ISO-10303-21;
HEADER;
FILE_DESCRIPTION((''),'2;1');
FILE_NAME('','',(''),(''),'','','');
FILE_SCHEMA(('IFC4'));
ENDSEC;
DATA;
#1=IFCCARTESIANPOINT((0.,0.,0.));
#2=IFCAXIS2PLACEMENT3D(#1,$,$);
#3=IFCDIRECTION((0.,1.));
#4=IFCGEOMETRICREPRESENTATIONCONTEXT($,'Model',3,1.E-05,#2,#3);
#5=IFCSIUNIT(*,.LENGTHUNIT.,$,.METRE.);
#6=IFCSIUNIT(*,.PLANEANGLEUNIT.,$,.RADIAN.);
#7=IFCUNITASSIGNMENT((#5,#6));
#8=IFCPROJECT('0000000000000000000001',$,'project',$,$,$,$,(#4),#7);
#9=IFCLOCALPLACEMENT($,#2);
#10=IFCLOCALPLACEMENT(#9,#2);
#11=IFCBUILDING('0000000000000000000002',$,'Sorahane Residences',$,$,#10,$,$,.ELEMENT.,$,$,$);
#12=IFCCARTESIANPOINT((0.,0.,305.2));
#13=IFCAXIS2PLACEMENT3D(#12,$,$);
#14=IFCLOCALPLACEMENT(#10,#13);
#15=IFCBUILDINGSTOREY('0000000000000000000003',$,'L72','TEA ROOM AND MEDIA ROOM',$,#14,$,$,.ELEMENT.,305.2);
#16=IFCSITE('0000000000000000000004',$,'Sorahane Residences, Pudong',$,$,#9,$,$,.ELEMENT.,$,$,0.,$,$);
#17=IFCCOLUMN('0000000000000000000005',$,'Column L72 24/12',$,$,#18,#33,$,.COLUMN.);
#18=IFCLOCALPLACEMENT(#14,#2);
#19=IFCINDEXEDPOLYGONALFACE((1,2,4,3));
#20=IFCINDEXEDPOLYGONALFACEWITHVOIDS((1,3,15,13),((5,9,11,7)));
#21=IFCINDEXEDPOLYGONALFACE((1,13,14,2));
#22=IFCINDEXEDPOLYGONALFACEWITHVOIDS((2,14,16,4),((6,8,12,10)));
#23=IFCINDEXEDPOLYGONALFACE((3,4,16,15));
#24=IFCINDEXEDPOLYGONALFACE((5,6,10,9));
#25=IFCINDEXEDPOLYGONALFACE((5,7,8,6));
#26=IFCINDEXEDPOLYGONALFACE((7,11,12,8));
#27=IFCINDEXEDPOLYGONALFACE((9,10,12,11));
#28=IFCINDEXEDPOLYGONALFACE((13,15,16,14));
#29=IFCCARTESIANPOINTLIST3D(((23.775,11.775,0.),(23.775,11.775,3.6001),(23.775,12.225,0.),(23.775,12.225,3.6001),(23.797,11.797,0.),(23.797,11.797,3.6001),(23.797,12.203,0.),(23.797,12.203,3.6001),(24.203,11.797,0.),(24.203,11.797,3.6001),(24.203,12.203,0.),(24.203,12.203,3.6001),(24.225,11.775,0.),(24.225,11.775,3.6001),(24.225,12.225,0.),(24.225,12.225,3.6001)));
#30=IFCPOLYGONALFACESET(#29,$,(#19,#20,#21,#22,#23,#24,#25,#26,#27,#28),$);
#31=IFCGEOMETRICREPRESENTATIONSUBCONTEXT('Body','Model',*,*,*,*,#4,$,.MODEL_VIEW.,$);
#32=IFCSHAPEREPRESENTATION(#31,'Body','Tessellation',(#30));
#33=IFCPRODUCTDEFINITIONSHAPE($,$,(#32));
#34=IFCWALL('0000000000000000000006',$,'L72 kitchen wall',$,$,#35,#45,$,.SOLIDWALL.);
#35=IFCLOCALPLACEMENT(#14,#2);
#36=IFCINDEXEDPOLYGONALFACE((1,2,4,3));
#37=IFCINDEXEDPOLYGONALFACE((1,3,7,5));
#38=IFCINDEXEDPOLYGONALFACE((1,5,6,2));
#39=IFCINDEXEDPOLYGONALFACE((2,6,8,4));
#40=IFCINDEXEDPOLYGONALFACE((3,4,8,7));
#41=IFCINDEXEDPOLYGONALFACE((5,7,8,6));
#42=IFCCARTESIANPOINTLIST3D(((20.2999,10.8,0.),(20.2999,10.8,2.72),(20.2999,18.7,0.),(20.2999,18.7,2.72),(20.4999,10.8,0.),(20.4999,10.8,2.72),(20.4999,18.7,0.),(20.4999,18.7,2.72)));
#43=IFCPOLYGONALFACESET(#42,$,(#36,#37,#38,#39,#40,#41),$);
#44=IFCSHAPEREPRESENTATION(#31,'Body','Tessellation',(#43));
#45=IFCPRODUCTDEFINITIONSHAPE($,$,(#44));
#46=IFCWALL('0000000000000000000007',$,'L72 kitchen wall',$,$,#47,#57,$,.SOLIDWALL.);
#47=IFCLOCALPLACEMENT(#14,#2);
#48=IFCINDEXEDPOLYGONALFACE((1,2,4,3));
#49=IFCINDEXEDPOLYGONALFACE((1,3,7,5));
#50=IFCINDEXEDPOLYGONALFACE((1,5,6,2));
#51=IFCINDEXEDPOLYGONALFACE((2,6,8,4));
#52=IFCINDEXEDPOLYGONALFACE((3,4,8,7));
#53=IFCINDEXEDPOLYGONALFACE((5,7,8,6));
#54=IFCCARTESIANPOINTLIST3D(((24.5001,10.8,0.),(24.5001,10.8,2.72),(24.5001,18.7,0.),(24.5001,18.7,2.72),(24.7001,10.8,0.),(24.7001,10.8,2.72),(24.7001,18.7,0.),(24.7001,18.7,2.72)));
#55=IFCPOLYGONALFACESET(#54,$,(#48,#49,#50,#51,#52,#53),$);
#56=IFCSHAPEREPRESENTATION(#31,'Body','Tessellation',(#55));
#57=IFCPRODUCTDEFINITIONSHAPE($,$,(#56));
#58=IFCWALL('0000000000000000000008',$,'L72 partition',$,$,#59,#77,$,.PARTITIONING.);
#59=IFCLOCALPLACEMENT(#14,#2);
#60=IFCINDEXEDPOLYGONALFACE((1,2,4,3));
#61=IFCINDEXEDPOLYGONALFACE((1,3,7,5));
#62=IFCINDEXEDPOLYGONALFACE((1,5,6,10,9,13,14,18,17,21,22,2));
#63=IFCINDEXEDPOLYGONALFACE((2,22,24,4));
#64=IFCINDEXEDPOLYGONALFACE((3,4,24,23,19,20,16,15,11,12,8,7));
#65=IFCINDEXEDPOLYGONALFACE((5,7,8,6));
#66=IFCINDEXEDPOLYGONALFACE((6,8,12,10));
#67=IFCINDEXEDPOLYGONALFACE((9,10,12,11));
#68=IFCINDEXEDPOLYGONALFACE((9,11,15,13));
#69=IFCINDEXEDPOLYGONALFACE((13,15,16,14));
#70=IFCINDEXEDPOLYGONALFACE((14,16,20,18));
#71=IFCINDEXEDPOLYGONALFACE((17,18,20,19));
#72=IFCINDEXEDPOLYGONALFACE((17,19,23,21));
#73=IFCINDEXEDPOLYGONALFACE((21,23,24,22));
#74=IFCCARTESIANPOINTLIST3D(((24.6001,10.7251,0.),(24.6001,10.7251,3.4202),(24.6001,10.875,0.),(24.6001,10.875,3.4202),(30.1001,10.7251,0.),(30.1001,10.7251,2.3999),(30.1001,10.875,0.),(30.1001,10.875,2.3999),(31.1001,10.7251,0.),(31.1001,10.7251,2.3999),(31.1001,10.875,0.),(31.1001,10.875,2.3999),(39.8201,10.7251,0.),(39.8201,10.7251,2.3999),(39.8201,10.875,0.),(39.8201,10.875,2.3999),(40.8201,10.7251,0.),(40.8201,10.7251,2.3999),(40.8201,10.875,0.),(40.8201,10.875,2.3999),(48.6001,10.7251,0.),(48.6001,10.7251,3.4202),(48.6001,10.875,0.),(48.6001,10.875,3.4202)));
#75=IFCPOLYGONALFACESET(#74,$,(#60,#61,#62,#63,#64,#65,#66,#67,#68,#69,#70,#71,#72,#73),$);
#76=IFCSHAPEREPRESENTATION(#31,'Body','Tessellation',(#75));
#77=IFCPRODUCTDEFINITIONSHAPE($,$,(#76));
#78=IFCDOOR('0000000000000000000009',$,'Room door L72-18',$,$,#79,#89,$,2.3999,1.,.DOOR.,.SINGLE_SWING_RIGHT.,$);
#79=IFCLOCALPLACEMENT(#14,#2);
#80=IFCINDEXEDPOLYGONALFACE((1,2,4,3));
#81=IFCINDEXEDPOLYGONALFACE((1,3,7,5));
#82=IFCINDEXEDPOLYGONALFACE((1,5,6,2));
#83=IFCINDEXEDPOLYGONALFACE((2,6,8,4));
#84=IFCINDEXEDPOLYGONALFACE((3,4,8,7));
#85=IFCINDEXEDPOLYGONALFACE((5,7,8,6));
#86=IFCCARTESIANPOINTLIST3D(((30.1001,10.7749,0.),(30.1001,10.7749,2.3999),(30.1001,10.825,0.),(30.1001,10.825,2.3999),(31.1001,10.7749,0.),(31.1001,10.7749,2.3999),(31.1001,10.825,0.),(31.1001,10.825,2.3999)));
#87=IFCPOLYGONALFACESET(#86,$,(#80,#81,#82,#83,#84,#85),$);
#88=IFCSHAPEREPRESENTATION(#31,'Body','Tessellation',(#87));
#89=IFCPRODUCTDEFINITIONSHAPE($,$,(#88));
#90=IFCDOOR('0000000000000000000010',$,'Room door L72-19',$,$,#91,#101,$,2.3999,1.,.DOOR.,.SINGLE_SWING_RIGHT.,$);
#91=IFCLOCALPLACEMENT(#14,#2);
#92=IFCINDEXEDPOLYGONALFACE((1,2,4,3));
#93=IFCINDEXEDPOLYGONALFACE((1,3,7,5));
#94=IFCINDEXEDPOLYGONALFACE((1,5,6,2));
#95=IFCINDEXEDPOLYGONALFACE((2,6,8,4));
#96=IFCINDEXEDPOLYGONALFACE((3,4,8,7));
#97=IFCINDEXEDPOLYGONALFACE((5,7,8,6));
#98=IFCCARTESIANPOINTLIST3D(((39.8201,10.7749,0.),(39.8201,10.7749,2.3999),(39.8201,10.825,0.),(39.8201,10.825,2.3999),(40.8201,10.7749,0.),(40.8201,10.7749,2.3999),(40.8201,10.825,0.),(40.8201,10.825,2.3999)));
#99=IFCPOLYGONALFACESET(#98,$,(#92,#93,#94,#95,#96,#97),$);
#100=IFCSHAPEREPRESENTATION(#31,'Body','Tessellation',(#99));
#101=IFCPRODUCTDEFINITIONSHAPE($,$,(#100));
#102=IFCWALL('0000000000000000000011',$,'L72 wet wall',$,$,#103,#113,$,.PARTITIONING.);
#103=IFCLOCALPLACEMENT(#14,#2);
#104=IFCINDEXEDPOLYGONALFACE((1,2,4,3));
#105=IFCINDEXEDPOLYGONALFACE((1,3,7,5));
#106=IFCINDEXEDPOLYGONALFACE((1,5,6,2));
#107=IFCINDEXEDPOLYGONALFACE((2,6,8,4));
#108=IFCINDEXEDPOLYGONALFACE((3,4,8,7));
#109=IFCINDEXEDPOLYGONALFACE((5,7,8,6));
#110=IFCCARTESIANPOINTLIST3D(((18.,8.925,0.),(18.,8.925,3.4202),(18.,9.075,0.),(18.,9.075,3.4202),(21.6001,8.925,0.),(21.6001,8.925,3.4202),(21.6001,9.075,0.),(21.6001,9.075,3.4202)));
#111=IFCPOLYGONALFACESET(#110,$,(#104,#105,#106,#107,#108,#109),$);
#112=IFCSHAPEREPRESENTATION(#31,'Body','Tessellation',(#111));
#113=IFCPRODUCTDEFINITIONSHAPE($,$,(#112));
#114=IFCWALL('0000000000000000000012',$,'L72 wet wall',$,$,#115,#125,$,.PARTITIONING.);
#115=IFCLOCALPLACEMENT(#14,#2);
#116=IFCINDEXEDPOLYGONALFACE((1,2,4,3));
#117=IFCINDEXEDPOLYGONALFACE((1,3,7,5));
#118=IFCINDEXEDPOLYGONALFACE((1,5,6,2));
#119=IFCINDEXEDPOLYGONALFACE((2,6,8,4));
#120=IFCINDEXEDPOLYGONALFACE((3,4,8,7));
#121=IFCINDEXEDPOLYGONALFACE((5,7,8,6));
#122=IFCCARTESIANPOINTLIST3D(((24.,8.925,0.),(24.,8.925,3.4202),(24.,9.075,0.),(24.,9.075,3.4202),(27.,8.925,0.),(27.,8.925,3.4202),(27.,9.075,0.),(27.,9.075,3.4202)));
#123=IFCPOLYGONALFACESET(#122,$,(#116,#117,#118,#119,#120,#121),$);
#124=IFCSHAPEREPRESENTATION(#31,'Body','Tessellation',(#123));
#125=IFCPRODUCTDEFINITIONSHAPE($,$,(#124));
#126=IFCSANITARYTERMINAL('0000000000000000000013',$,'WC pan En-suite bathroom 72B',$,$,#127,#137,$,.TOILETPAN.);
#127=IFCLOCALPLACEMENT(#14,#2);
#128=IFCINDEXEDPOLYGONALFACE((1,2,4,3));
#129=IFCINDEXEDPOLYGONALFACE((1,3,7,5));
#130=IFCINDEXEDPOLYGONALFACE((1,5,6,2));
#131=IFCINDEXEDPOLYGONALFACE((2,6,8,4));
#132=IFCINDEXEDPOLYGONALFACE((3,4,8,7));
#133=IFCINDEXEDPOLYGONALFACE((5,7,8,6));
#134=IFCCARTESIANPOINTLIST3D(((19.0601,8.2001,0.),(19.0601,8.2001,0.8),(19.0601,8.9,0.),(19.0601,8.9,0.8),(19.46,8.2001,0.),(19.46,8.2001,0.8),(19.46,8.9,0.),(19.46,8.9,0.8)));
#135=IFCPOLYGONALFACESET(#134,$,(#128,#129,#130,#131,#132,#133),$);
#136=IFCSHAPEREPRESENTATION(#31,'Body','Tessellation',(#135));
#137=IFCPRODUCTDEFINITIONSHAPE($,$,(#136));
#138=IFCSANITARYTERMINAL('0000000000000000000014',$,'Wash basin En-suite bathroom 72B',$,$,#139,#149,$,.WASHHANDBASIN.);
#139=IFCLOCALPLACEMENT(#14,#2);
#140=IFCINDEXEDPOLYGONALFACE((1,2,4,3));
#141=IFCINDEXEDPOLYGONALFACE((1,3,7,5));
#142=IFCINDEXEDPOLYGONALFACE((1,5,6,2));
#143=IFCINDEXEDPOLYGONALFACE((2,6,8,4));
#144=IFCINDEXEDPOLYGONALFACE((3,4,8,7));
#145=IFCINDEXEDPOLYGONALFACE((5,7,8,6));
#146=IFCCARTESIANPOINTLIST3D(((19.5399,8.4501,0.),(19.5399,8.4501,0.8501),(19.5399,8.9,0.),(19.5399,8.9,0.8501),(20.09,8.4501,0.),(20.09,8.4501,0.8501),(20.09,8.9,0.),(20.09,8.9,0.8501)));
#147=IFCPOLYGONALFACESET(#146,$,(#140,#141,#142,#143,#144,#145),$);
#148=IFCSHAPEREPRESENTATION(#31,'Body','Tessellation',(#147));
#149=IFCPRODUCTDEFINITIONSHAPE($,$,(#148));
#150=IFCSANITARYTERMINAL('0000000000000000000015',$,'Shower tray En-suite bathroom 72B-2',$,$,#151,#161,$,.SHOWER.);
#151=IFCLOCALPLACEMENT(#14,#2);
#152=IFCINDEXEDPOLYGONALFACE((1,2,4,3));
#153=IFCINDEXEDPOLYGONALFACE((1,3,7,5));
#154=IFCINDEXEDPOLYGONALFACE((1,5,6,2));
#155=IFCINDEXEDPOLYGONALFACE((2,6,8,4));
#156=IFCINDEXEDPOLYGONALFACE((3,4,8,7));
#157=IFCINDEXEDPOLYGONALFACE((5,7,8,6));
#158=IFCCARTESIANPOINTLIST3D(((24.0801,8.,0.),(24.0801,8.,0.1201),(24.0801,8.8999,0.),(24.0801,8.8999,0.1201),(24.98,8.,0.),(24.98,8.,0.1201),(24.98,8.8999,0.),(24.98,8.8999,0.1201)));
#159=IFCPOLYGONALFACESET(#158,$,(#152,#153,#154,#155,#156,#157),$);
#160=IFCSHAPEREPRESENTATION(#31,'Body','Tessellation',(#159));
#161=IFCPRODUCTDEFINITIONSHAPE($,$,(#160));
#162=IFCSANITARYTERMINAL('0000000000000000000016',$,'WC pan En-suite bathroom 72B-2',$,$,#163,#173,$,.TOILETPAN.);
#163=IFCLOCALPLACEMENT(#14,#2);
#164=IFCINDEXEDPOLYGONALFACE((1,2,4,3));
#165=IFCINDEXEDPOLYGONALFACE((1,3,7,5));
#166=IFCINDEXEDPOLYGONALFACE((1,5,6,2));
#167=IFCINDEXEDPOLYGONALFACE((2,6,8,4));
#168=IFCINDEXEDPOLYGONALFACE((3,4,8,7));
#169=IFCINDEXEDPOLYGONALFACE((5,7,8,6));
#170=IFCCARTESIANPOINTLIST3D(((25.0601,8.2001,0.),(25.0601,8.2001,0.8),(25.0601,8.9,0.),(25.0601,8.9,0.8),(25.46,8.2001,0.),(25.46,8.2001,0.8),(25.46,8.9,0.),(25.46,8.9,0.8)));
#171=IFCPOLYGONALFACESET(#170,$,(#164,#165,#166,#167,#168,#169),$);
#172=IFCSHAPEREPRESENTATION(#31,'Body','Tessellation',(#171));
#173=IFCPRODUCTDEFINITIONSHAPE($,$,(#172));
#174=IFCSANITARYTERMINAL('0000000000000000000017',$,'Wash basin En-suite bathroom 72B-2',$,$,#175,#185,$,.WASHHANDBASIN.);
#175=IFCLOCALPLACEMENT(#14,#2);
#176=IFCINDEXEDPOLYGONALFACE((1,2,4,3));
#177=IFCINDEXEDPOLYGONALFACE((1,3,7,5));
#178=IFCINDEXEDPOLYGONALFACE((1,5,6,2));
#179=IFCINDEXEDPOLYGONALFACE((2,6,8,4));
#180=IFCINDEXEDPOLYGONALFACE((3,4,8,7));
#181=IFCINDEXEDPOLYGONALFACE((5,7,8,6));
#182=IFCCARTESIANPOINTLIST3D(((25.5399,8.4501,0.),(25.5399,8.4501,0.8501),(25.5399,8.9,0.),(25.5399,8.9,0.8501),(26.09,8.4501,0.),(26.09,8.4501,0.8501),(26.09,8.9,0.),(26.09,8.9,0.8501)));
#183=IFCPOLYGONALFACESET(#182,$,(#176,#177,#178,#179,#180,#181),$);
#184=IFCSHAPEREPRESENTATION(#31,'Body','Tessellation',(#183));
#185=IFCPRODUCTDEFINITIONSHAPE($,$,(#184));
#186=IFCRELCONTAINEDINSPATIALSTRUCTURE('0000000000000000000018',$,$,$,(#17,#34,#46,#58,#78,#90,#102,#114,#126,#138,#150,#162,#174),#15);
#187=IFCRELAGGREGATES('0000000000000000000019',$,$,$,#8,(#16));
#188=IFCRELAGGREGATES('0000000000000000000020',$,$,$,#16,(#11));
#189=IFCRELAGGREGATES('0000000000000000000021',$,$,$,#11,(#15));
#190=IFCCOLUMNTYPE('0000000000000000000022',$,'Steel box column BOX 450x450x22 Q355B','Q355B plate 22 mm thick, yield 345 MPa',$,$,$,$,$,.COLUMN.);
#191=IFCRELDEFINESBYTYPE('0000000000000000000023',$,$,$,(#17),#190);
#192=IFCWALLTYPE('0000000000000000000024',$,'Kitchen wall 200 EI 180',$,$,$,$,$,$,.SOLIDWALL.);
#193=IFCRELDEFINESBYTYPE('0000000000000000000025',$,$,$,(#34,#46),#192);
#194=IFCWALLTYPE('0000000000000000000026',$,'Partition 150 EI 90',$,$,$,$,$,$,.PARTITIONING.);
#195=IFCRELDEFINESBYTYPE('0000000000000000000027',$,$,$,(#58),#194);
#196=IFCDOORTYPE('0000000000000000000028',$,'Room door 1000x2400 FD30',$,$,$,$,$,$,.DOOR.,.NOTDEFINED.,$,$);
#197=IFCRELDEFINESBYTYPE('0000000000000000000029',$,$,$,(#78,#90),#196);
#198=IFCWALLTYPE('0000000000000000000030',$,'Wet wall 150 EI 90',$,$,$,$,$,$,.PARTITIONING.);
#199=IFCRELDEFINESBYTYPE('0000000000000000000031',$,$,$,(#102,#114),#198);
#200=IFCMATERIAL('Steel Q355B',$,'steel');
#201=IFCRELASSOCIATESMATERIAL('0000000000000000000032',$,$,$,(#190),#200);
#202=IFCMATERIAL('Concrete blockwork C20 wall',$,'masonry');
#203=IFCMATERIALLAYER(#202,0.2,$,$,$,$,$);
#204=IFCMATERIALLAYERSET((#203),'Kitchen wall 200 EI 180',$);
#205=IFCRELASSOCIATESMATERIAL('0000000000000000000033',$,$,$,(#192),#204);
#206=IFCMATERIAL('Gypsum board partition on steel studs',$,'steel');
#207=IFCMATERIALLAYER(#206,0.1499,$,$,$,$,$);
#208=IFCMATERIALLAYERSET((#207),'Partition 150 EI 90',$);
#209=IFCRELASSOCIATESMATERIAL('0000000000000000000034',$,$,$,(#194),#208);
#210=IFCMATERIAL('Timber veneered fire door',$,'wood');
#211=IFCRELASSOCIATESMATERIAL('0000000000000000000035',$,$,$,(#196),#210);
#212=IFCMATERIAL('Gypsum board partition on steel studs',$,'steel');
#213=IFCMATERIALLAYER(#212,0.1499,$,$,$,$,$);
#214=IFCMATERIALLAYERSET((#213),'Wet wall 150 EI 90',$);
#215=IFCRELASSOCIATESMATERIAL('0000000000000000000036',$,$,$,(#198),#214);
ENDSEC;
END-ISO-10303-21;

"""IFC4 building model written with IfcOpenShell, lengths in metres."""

from ifc_helpers import new_model, si_unit, direction, frame, frame_2d, origin, origin_2d, place, context, subcontext, project, spatial, rectangle, hollow_rectangle, extrude, material, layer, layer_set, material_profile, profile_set, type_object, element, fill, save


model = new_model("IFC4")

# Units and contexts
model_context = context("Model", 3, precision=1e-05, world=origin(), true_north=direction((0.0, 1.0)))
body_context = subcontext(model_context, "Body", "Model", "MODEL_VIEW")
ifc_project = project(units=[si_unit("LENGTHUNIT", "METRE"), si_unit("PLANEANGLEUNIT", "RADIAN")], contexts=[model_context])

# Site, building, storey
site_placement = place(None, origin())
site = spatial("IfcSite", under=ifc_project, at=site_placement, Name="Sorahane Residences, Pudong", CompositionType="ELEMENT", RefElevation=0.0)
building_placement = place(site_placement, origin())
building = spatial("IfcBuilding", under=site, at=building_placement, Name="Sorahane Residences", CompositionType="ELEMENT")
storey_placement = place(building_placement, frame((0.0, 0.0, 305.2)))
storey = spatial("IfcBuildingStorey", under=building, at=storey_placement, Name="L72", Description="TEA ROOM AND MEDIA ROOM", CompositionType="ELEMENT", Elevation=305.2)

# Column
ifc_material_1 = material(Name="Steel Q355B", Category="steel")
ifc_material_profile = material_profile(ifc_material_1, hollow_rectangle(XDim=0.45, YDim=0.45, WallThickness=0.022, at=origin_2d()), Name="BOX 450x450x22")
ifc_profile_set = profile_set([ifc_material_profile], Name="Steel Q355B")
column_type = type_object("IfcColumnType", Name="Steel box column BOX 450x450x22 Q355B", Description="Q355B plate 22 mm thick, yield 345 MPa", PredefinedType="COLUMN", material=ifc_profile_set)
column_placement = place(storey_placement, frame((24.0, 12.0, 0.0), z_axis=(0.0, 0.0, 1.0), x_axis=(1.0, 0.0, 0.0)))
element("IfcColumn", 1, at=column_placement, inside=storey, type_object=column_type, Name="Column L72 24/12", PredefinedType="COLUMN", context=body_context, shape_type="SweptSolid", body=[
    extrude(hollow_rectangle(XDim=0.45, YDim=0.45, WallThickness=0.022, at=origin_2d()), origin(), (0.0, 0.0, 1.0), 3.6001),
])

# Walls
ifc_material_2 = material(Name="Concrete blockwork C20 wall", Category="masonry")
ifc_layer_1 = layer(ifc_material_2, 0.2)
ifc_layer_set_1 = layer_set([ifc_layer_1], Name="Kitchen wall 200 EI 180")
wall_type_1 = type_object("IfcWallType", Name="Kitchen wall 200 EI 180", PredefinedType="SOLIDWALL", material=ifc_layer_set_1)
for number, where, z_axis, x_axis, name in (
    (2, (20.3999, 10.8, 0.0), (0.0, 0.0, 1.0), (0.0, 1.0, 0.0), "L72 kitchen wall"),
    (3, (24.6001, 10.8, 0.0), (0.0, 0.0, 1.0), (0.0, 1.0, 0.0), "L72 kitchen wall"),
):
    element("IfcWall", number, at=place(storey_placement, frame(where, z_axis=z_axis, x_axis=x_axis)), inside=storey, type_object=wall_type_1, Name=name, PredefinedType="SOLIDWALL", context=body_context, shape_type="SweptSolid", body=[
        extrude(rectangle(XDim=7.8999, YDim=0.2, at=frame_2d((3.95, 0.0))), origin(), (0.0, 0.0, 1.0), 2.72),
    ])

# Wall, openings, doors
ifc_material_3 = material(Name="Gypsum board partition on steel studs", Category="steel")
ifc_layer_2 = layer(ifc_material_3, 0.1499)
ifc_layer_set_2 = layer_set([ifc_layer_2], Name="Partition 150 EI 90")
wall_type_2 = type_object("IfcWallType", Name="Partition 150 EI 90", PredefinedType="PARTITIONING", material=ifc_layer_set_2)
wall_1_placement = place(storey_placement, frame((24.6001, 10.8, 0.0), z_axis=(0.0, 0.0, 1.0), x_axis=(1.0, 0.0, 0.0)))
wall_1 = element("IfcWall", 4, at=wall_1_placement, inside=storey, type_object=wall_type_2, Name="L72 partition", PredefinedType="PARTITIONING", context=body_context, shape_type="SweptSolid", body=[
    extrude(rectangle(XDim=24.0, YDim=0.1499, at=frame_2d((12.0, 0.0))), origin(), (0.0, 0.0, 1.0), 3.4202),
])
opening_1_placement = place(wall_1_placement, frame((5.5, 0.0, 0.0)))
opening_1 = element("IfcOpeningElement", 5, at=opening_1_placement, cuts=wall_1, PredefinedType="OPENING", context=body_context, shape_type="SweptSolid", body=[
    extrude(rectangle(XDim=1.0, YDim=2.3999, at=frame_2d((0.5, 1.2))), frame((0.0, 0.085, 0.0), z_axis=(0.0, -1.0, 0.0), x_axis=(1.0, 0.0, 0.0)), (0.0, 0.0, 1.0), 0.1699),
])
opening_2_placement = place(wall_1_placement, frame((15.22, 0.0, 0.0)))
opening_2 = element("IfcOpeningElement", 6, at=opening_2_placement, cuts=wall_1, PredefinedType="OPENING", context=body_context, shape_type="SweptSolid", body=[
    extrude(rectangle(XDim=1.0, YDim=2.3999, at=frame_2d((0.5, 1.2))), frame((0.0, 0.085, 0.0), z_axis=(0.0, -1.0, 0.0), x_axis=(1.0, 0.0, 0.0)), (0.0, 0.0, 1.0), 0.1699),
])
ifc_material_4 = material(Name="Timber veneered fire door", Category="wood")
door_type_1 = type_object("IfcDoorType", Name="Room door 1000x2400 FD30", OperationType="NOTDEFINED", PredefinedType="DOOR", material=ifc_material_4)
door_1_placement = place(opening_1_placement, origin())
door_1 = element("IfcDoor", 7, at=door_1_placement, inside=storey, type_object=door_type_1, Name="Room door L72-18", OperationType="SINGLE_SWING_RIGHT", OverallHeight=2.3999, OverallWidth=1.0, PredefinedType="DOOR", context=body_context, shape_type="SweptSolid", body=[
    extrude(rectangle(XDim=1.0, YDim=2.3999, at=frame_2d((0.5, 1.2))), frame((0.0, 0.0249, 0.0), z_axis=(0.0, -1.0, 0.0), x_axis=(1.0, 0.0, 0.0)), (0.0, 0.0, 1.0), 0.05),
])
fill(opening_1, door_1)
door_2_placement = place(opening_2_placement, origin())
door_2 = element("IfcDoor", 8, at=door_2_placement, inside=storey, type_object=door_type_1, Name="Room door L72-19", OperationType="SINGLE_SWING_RIGHT", OverallHeight=2.3999, OverallWidth=1.0, PredefinedType="DOOR", context=body_context, shape_type="SweptSolid", body=[
    extrude(rectangle(XDim=1.0, YDim=2.3999, at=frame_2d((0.5, 1.2))), frame((0.0, 0.0249, 0.0), z_axis=(0.0, -1.0, 0.0), x_axis=(1.0, 0.0, 0.0)), (0.0, 0.0, 1.0), 0.05),
])
fill(opening_2, door_2)

# Walls
ifc_material_5 = material(Name="Gypsum board partition on steel studs", Category="steel")
ifc_layer_3 = layer(ifc_material_5, 0.1499)
ifc_layer_set_3 = layer_set([ifc_layer_3], Name="Wet wall 150 EI 90")
wall_type_3 = type_object("IfcWallType", Name="Wet wall 150 EI 90", PredefinedType="PARTITIONING", material=ifc_layer_set_3)
wall_2_placement = place(storey_placement, frame((18.0, 9.0, 0.0), z_axis=(0.0, 0.0, 1.0), x_axis=(1.0, 0.0, 0.0)))
element("IfcWall", 9, at=wall_2_placement, inside=storey, type_object=wall_type_3, Name="L72 wet wall", PredefinedType="PARTITIONING", context=body_context, shape_type="SweptSolid", body=[
    extrude(rectangle(XDim=3.6001, YDim=0.1499, at=frame_2d((1.8, 0.0))), origin(), (0.0, 0.0, 1.0), 3.4202),
])
wall_3_placement = place(storey_placement, frame((24.0, 9.0, 0.0), z_axis=(0.0, 0.0, 1.0), x_axis=(1.0, 0.0, 0.0)))
element("IfcWall", 10, at=wall_3_placement, inside=storey, type_object=wall_type_3, Name="L72 wet wall", PredefinedType="PARTITIONING", context=body_context, shape_type="SweptSolid", body=[
    extrude(rectangle(XDim=3.0, YDim=0.1499, at=frame_2d((1.5, 0.0))), origin(), (0.0, 0.0, 1.0), 3.4202),
])

# Sanitary terminals
sanitary_terminal_1_placement = place(storey_placement, frame((19.26, 8.55, 0.0), z_axis=(0.0, 0.0, 1.0), x_axis=(1.0, 0.0, 0.0)))
element("IfcSanitaryTerminal", 11, at=sanitary_terminal_1_placement, inside=storey, Name="WC pan En-suite bathroom 72B", PredefinedType="TOILETPAN", context=body_context, shape_type="SweptSolid", body=[
    extrude(rectangle(XDim=0.3999, YDim=0.7, at=origin_2d()), origin(), (0.0, 0.0, 1.0), 0.8),
])
sanitary_terminal_2_placement = place(storey_placement, frame((19.8149, 8.675, 0.0), z_axis=(0.0, 0.0, 1.0), x_axis=(1.0, 0.0, 0.0)))
element("IfcSanitaryTerminal", 12, at=sanitary_terminal_2_placement, inside=storey, Name="Wash basin En-suite bathroom 72B", PredefinedType="WASHHANDBASIN", context=body_context, shape_type="SweptSolid", body=[
    extrude(rectangle(XDim=0.55, YDim=0.45, at=origin_2d()), origin(), (0.0, 0.0, 1.0), 0.8501),
])
sanitary_terminal_3_placement = place(storey_placement, frame((24.53, 8.45, 0.0), z_axis=(0.0, 0.0, 1.0), x_axis=(1.0, 0.0, 0.0)))
element("IfcSanitaryTerminal", 13, at=sanitary_terminal_3_placement, inside=storey, Name="Shower tray En-suite bathroom 72B-2", PredefinedType="SHOWER", context=body_context, shape_type="SweptSolid", body=[
    extrude(rectangle(XDim=0.8999, YDim=0.8999, at=origin_2d()), origin(), (0.0, 0.0, 1.0), 0.1201),
])
sanitary_terminal_4_placement = place(storey_placement, frame((25.26, 8.55, 0.0), z_axis=(0.0, 0.0, 1.0), x_axis=(1.0, 0.0, 0.0)))
element("IfcSanitaryTerminal", 14, at=sanitary_terminal_4_placement, inside=storey, Name="WC pan En-suite bathroom 72B-2", PredefinedType="TOILETPAN", context=body_context, shape_type="SweptSolid", body=[
    extrude(rectangle(XDim=0.3999, YDim=0.7, at=origin_2d()), origin(), (0.0, 0.0, 1.0), 0.8),
])
sanitary_terminal_5_placement = place(storey_placement, frame((25.8149, 8.675, 0.0), z_axis=(0.0, 0.0, 1.0), x_axis=(1.0, 0.0, 0.0)))
element("IfcSanitaryTerminal", 15, at=sanitary_terminal_5_placement, inside=storey, Name="Wash basin En-suite bathroom 72B-2", PredefinedType="WASHHANDBASIN", context=body_context, shape_type="SweptSolid", body=[
    extrude(rectangle(XDim=0.55, YDim=0.45, at=origin_2d()), origin(), (0.0, 0.0, 1.0), 0.8501),
])

save(model, "model.ifc")
